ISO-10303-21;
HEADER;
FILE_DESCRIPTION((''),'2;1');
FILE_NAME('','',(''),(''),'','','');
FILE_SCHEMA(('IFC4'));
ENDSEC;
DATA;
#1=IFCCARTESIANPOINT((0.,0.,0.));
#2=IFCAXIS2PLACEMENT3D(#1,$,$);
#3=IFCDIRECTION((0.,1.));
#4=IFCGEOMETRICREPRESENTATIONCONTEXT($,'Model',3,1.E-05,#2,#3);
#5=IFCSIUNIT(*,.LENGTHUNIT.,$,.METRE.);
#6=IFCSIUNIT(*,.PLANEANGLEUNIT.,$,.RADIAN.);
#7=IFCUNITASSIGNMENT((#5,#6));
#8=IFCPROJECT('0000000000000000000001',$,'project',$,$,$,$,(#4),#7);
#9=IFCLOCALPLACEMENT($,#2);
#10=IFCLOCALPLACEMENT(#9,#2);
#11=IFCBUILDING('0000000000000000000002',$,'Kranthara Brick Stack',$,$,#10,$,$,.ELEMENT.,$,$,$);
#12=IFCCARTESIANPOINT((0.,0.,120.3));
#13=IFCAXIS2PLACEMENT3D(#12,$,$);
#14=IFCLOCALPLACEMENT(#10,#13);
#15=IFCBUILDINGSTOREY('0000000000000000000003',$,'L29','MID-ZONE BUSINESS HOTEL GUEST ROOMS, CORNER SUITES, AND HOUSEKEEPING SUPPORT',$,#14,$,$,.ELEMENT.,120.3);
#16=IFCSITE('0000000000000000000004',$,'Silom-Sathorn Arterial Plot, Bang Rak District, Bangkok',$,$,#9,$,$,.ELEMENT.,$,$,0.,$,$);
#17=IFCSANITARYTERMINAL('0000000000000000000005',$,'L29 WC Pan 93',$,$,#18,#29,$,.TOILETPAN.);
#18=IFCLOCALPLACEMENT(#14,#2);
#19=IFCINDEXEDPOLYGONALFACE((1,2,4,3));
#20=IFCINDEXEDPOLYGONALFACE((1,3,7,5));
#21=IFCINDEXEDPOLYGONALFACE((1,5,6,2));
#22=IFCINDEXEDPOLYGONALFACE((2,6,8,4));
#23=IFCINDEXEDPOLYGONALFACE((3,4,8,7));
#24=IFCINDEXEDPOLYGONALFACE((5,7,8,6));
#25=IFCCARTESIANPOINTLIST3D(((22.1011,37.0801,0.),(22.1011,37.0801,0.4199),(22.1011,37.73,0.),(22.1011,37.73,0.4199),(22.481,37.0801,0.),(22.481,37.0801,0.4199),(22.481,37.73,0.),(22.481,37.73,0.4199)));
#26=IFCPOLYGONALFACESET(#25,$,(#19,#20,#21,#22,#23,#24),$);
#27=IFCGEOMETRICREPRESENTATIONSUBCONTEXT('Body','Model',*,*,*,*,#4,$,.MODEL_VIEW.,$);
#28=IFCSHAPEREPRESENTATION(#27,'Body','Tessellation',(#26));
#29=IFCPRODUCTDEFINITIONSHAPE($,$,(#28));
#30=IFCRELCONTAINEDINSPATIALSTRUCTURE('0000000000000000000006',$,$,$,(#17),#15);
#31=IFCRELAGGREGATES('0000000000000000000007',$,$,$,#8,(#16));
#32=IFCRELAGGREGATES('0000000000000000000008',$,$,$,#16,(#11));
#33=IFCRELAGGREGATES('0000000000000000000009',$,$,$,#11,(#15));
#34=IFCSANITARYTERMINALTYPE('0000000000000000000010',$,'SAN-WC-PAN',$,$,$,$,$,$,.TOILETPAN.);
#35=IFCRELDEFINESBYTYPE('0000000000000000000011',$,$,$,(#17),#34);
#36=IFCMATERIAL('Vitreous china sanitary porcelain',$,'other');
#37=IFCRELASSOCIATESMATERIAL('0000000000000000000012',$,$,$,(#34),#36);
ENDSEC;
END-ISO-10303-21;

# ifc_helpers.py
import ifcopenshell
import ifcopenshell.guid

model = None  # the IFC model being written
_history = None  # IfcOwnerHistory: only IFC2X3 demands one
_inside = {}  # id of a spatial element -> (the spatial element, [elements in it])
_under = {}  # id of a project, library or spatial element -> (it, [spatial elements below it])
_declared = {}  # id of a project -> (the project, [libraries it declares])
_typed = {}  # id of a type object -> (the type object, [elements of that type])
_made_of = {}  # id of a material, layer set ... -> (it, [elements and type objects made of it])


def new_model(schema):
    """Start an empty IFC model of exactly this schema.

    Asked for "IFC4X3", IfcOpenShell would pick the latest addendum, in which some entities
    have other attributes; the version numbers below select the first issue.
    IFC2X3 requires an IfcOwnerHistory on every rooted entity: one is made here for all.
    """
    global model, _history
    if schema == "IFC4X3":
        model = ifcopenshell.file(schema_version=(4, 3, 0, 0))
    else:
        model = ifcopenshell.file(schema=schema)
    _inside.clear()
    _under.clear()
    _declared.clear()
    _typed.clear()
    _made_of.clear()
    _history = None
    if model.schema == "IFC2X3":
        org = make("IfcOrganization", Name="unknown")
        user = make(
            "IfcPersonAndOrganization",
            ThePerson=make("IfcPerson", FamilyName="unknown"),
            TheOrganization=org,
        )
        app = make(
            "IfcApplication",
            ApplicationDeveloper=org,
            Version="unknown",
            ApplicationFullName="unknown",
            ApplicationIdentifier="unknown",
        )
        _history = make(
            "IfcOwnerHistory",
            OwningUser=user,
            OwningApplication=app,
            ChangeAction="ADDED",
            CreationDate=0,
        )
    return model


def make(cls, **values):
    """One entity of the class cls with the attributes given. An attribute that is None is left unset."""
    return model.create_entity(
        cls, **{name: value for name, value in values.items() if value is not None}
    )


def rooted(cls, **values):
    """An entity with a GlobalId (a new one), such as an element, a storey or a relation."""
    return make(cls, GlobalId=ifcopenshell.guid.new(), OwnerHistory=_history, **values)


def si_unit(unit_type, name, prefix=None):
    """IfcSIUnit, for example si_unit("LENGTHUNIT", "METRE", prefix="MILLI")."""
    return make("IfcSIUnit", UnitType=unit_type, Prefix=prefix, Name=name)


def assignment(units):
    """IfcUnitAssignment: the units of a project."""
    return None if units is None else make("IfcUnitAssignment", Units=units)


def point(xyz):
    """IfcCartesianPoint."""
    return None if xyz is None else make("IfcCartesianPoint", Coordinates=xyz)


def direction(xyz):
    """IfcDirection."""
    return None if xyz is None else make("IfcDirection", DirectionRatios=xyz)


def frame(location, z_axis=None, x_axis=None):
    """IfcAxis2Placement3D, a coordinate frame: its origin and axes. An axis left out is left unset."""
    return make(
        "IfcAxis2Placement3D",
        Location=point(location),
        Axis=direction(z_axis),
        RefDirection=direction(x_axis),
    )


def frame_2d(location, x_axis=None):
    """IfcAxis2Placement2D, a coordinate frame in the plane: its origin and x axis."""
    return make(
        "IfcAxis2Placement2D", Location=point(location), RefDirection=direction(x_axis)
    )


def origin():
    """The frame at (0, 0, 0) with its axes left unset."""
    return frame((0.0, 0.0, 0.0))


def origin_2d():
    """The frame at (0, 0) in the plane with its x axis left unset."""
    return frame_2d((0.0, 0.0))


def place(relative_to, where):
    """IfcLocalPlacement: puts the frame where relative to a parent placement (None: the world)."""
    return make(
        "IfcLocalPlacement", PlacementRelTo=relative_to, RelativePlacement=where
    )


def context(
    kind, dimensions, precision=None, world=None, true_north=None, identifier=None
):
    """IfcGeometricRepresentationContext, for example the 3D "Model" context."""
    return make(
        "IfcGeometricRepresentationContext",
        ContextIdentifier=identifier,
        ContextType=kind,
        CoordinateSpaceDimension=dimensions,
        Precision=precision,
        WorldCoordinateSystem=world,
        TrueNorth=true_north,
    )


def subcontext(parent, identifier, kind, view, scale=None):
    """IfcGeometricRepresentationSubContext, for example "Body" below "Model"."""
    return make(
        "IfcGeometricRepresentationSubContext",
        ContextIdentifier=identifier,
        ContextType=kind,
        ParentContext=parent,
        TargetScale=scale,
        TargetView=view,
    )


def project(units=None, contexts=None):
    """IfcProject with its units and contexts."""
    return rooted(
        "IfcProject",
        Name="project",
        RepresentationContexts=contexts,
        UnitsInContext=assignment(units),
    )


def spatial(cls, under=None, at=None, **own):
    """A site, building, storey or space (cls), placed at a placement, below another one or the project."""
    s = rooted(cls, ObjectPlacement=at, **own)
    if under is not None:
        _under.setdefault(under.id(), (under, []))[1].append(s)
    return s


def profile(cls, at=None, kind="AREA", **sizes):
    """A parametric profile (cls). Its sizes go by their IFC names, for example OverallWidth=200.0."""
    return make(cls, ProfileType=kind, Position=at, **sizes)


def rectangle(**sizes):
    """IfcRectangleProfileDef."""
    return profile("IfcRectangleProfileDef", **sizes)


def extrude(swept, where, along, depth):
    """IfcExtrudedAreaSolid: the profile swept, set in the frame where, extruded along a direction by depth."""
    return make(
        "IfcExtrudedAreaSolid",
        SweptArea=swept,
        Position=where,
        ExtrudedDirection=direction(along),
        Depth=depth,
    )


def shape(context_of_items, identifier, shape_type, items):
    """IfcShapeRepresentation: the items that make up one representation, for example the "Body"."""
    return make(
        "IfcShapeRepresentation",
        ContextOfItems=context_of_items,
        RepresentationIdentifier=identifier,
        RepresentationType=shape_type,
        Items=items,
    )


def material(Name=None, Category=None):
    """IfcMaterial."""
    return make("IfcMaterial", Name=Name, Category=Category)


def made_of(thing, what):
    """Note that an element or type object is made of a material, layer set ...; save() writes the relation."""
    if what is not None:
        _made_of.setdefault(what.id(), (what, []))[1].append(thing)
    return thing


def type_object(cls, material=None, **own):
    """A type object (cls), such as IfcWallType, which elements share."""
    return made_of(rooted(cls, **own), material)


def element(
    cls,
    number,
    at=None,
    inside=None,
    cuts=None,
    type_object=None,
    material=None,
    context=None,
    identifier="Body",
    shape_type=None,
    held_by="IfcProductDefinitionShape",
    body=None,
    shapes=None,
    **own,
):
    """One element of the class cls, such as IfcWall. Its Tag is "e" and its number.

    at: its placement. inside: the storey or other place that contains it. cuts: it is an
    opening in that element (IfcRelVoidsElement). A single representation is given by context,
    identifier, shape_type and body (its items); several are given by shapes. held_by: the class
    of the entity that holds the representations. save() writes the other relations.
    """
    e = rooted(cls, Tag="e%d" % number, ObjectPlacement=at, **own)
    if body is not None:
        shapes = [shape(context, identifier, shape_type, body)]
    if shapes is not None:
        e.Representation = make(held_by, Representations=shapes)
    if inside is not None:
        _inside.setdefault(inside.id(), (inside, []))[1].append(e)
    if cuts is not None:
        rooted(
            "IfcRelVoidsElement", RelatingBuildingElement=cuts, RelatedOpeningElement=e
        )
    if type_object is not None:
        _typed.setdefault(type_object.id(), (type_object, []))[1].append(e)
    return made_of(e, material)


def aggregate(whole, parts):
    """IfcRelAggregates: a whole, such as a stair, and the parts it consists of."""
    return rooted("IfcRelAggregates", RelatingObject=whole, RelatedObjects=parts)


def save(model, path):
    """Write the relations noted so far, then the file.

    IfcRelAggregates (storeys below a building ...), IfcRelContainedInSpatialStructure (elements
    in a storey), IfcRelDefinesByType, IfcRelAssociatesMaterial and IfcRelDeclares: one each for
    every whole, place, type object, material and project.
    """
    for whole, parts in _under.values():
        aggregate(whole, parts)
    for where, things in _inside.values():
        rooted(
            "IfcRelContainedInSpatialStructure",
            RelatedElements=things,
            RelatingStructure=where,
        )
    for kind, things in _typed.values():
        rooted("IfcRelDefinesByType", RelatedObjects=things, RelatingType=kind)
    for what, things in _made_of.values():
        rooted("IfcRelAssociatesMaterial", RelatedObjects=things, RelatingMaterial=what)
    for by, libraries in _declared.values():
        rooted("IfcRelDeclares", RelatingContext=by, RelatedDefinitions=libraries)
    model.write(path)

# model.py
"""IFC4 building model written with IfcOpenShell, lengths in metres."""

from ifc_helpers import new_model, si_unit, direction, frame, origin, origin_2d, place, context, subcontext, project, spatial, rectangle, extrude, material, type_object, element, save


model = new_model("IFC4")

# Units and contexts
model_context = context("Model", 3, precision=1e-05, world=origin(), true_north=direction((0.0, 1.0)))
body_context = subcontext(model_context, "Body", "Model", "MODEL_VIEW")
ifc_project = project(units=[si_unit("LENGTHUNIT", "METRE"), si_unit("PLANEANGLEUNIT", "RADIAN")], contexts=[model_context])

# Site, building, storey
site_placement = place(None, origin())
site = spatial("IfcSite", under=ifc_project, at=site_placement, Name="Silom-Sathorn Arterial Plot, Bang Rak District, Bangkok", CompositionType="ELEMENT", RefElevation=0.0)
building_placement = place(site_placement, origin())
building = spatial("IfcBuilding", under=site, at=building_placement, Name="Kranthara Brick Stack", CompositionType="ELEMENT")
storey_placement = place(building_placement, frame((0.0, 0.0, 120.3)))
storey = spatial("IfcBuildingStorey", under=building, at=storey_placement, Name="L29", Description="MID-ZONE BUSINESS HOTEL GUEST ROOMS, CORNER SUITES, AND HOUSEKEEPING SUPPORT", CompositionType="ELEMENT", Elevation=120.3)

# Sanitary terminal
ifc_material_1 = material(Name="Vitreous china sanitary porcelain", Category="other")
sanitary_terminal_type_1 = type_object("IfcSanitaryTerminalType", Name="SAN-WC-PAN", PredefinedType="TOILETPAN", material=ifc_material_1)
sanitary_terminal_1_placement = place(storey_placement, frame((22.291, 37.405, 0.0), z_axis=(0.0, 0.0, 1.0), x_axis=(1.0, 0.0, 0.0)))
element("IfcSanitaryTerminal", 1, at=sanitary_terminal_1_placement, inside=storey, type_object=sanitary_terminal_type_1, Name="L29 WC Pan 93", PredefinedType="TOILETPAN", context=body_context, shape_type="SweptSolid", body=[
    extrude(rectangle(XDim=0.3799, YDim=0.6499, at=origin_2d()), origin(), (0.0, 0.0, 1.0), 0.4199),
])

save(model, "model.ifc")
